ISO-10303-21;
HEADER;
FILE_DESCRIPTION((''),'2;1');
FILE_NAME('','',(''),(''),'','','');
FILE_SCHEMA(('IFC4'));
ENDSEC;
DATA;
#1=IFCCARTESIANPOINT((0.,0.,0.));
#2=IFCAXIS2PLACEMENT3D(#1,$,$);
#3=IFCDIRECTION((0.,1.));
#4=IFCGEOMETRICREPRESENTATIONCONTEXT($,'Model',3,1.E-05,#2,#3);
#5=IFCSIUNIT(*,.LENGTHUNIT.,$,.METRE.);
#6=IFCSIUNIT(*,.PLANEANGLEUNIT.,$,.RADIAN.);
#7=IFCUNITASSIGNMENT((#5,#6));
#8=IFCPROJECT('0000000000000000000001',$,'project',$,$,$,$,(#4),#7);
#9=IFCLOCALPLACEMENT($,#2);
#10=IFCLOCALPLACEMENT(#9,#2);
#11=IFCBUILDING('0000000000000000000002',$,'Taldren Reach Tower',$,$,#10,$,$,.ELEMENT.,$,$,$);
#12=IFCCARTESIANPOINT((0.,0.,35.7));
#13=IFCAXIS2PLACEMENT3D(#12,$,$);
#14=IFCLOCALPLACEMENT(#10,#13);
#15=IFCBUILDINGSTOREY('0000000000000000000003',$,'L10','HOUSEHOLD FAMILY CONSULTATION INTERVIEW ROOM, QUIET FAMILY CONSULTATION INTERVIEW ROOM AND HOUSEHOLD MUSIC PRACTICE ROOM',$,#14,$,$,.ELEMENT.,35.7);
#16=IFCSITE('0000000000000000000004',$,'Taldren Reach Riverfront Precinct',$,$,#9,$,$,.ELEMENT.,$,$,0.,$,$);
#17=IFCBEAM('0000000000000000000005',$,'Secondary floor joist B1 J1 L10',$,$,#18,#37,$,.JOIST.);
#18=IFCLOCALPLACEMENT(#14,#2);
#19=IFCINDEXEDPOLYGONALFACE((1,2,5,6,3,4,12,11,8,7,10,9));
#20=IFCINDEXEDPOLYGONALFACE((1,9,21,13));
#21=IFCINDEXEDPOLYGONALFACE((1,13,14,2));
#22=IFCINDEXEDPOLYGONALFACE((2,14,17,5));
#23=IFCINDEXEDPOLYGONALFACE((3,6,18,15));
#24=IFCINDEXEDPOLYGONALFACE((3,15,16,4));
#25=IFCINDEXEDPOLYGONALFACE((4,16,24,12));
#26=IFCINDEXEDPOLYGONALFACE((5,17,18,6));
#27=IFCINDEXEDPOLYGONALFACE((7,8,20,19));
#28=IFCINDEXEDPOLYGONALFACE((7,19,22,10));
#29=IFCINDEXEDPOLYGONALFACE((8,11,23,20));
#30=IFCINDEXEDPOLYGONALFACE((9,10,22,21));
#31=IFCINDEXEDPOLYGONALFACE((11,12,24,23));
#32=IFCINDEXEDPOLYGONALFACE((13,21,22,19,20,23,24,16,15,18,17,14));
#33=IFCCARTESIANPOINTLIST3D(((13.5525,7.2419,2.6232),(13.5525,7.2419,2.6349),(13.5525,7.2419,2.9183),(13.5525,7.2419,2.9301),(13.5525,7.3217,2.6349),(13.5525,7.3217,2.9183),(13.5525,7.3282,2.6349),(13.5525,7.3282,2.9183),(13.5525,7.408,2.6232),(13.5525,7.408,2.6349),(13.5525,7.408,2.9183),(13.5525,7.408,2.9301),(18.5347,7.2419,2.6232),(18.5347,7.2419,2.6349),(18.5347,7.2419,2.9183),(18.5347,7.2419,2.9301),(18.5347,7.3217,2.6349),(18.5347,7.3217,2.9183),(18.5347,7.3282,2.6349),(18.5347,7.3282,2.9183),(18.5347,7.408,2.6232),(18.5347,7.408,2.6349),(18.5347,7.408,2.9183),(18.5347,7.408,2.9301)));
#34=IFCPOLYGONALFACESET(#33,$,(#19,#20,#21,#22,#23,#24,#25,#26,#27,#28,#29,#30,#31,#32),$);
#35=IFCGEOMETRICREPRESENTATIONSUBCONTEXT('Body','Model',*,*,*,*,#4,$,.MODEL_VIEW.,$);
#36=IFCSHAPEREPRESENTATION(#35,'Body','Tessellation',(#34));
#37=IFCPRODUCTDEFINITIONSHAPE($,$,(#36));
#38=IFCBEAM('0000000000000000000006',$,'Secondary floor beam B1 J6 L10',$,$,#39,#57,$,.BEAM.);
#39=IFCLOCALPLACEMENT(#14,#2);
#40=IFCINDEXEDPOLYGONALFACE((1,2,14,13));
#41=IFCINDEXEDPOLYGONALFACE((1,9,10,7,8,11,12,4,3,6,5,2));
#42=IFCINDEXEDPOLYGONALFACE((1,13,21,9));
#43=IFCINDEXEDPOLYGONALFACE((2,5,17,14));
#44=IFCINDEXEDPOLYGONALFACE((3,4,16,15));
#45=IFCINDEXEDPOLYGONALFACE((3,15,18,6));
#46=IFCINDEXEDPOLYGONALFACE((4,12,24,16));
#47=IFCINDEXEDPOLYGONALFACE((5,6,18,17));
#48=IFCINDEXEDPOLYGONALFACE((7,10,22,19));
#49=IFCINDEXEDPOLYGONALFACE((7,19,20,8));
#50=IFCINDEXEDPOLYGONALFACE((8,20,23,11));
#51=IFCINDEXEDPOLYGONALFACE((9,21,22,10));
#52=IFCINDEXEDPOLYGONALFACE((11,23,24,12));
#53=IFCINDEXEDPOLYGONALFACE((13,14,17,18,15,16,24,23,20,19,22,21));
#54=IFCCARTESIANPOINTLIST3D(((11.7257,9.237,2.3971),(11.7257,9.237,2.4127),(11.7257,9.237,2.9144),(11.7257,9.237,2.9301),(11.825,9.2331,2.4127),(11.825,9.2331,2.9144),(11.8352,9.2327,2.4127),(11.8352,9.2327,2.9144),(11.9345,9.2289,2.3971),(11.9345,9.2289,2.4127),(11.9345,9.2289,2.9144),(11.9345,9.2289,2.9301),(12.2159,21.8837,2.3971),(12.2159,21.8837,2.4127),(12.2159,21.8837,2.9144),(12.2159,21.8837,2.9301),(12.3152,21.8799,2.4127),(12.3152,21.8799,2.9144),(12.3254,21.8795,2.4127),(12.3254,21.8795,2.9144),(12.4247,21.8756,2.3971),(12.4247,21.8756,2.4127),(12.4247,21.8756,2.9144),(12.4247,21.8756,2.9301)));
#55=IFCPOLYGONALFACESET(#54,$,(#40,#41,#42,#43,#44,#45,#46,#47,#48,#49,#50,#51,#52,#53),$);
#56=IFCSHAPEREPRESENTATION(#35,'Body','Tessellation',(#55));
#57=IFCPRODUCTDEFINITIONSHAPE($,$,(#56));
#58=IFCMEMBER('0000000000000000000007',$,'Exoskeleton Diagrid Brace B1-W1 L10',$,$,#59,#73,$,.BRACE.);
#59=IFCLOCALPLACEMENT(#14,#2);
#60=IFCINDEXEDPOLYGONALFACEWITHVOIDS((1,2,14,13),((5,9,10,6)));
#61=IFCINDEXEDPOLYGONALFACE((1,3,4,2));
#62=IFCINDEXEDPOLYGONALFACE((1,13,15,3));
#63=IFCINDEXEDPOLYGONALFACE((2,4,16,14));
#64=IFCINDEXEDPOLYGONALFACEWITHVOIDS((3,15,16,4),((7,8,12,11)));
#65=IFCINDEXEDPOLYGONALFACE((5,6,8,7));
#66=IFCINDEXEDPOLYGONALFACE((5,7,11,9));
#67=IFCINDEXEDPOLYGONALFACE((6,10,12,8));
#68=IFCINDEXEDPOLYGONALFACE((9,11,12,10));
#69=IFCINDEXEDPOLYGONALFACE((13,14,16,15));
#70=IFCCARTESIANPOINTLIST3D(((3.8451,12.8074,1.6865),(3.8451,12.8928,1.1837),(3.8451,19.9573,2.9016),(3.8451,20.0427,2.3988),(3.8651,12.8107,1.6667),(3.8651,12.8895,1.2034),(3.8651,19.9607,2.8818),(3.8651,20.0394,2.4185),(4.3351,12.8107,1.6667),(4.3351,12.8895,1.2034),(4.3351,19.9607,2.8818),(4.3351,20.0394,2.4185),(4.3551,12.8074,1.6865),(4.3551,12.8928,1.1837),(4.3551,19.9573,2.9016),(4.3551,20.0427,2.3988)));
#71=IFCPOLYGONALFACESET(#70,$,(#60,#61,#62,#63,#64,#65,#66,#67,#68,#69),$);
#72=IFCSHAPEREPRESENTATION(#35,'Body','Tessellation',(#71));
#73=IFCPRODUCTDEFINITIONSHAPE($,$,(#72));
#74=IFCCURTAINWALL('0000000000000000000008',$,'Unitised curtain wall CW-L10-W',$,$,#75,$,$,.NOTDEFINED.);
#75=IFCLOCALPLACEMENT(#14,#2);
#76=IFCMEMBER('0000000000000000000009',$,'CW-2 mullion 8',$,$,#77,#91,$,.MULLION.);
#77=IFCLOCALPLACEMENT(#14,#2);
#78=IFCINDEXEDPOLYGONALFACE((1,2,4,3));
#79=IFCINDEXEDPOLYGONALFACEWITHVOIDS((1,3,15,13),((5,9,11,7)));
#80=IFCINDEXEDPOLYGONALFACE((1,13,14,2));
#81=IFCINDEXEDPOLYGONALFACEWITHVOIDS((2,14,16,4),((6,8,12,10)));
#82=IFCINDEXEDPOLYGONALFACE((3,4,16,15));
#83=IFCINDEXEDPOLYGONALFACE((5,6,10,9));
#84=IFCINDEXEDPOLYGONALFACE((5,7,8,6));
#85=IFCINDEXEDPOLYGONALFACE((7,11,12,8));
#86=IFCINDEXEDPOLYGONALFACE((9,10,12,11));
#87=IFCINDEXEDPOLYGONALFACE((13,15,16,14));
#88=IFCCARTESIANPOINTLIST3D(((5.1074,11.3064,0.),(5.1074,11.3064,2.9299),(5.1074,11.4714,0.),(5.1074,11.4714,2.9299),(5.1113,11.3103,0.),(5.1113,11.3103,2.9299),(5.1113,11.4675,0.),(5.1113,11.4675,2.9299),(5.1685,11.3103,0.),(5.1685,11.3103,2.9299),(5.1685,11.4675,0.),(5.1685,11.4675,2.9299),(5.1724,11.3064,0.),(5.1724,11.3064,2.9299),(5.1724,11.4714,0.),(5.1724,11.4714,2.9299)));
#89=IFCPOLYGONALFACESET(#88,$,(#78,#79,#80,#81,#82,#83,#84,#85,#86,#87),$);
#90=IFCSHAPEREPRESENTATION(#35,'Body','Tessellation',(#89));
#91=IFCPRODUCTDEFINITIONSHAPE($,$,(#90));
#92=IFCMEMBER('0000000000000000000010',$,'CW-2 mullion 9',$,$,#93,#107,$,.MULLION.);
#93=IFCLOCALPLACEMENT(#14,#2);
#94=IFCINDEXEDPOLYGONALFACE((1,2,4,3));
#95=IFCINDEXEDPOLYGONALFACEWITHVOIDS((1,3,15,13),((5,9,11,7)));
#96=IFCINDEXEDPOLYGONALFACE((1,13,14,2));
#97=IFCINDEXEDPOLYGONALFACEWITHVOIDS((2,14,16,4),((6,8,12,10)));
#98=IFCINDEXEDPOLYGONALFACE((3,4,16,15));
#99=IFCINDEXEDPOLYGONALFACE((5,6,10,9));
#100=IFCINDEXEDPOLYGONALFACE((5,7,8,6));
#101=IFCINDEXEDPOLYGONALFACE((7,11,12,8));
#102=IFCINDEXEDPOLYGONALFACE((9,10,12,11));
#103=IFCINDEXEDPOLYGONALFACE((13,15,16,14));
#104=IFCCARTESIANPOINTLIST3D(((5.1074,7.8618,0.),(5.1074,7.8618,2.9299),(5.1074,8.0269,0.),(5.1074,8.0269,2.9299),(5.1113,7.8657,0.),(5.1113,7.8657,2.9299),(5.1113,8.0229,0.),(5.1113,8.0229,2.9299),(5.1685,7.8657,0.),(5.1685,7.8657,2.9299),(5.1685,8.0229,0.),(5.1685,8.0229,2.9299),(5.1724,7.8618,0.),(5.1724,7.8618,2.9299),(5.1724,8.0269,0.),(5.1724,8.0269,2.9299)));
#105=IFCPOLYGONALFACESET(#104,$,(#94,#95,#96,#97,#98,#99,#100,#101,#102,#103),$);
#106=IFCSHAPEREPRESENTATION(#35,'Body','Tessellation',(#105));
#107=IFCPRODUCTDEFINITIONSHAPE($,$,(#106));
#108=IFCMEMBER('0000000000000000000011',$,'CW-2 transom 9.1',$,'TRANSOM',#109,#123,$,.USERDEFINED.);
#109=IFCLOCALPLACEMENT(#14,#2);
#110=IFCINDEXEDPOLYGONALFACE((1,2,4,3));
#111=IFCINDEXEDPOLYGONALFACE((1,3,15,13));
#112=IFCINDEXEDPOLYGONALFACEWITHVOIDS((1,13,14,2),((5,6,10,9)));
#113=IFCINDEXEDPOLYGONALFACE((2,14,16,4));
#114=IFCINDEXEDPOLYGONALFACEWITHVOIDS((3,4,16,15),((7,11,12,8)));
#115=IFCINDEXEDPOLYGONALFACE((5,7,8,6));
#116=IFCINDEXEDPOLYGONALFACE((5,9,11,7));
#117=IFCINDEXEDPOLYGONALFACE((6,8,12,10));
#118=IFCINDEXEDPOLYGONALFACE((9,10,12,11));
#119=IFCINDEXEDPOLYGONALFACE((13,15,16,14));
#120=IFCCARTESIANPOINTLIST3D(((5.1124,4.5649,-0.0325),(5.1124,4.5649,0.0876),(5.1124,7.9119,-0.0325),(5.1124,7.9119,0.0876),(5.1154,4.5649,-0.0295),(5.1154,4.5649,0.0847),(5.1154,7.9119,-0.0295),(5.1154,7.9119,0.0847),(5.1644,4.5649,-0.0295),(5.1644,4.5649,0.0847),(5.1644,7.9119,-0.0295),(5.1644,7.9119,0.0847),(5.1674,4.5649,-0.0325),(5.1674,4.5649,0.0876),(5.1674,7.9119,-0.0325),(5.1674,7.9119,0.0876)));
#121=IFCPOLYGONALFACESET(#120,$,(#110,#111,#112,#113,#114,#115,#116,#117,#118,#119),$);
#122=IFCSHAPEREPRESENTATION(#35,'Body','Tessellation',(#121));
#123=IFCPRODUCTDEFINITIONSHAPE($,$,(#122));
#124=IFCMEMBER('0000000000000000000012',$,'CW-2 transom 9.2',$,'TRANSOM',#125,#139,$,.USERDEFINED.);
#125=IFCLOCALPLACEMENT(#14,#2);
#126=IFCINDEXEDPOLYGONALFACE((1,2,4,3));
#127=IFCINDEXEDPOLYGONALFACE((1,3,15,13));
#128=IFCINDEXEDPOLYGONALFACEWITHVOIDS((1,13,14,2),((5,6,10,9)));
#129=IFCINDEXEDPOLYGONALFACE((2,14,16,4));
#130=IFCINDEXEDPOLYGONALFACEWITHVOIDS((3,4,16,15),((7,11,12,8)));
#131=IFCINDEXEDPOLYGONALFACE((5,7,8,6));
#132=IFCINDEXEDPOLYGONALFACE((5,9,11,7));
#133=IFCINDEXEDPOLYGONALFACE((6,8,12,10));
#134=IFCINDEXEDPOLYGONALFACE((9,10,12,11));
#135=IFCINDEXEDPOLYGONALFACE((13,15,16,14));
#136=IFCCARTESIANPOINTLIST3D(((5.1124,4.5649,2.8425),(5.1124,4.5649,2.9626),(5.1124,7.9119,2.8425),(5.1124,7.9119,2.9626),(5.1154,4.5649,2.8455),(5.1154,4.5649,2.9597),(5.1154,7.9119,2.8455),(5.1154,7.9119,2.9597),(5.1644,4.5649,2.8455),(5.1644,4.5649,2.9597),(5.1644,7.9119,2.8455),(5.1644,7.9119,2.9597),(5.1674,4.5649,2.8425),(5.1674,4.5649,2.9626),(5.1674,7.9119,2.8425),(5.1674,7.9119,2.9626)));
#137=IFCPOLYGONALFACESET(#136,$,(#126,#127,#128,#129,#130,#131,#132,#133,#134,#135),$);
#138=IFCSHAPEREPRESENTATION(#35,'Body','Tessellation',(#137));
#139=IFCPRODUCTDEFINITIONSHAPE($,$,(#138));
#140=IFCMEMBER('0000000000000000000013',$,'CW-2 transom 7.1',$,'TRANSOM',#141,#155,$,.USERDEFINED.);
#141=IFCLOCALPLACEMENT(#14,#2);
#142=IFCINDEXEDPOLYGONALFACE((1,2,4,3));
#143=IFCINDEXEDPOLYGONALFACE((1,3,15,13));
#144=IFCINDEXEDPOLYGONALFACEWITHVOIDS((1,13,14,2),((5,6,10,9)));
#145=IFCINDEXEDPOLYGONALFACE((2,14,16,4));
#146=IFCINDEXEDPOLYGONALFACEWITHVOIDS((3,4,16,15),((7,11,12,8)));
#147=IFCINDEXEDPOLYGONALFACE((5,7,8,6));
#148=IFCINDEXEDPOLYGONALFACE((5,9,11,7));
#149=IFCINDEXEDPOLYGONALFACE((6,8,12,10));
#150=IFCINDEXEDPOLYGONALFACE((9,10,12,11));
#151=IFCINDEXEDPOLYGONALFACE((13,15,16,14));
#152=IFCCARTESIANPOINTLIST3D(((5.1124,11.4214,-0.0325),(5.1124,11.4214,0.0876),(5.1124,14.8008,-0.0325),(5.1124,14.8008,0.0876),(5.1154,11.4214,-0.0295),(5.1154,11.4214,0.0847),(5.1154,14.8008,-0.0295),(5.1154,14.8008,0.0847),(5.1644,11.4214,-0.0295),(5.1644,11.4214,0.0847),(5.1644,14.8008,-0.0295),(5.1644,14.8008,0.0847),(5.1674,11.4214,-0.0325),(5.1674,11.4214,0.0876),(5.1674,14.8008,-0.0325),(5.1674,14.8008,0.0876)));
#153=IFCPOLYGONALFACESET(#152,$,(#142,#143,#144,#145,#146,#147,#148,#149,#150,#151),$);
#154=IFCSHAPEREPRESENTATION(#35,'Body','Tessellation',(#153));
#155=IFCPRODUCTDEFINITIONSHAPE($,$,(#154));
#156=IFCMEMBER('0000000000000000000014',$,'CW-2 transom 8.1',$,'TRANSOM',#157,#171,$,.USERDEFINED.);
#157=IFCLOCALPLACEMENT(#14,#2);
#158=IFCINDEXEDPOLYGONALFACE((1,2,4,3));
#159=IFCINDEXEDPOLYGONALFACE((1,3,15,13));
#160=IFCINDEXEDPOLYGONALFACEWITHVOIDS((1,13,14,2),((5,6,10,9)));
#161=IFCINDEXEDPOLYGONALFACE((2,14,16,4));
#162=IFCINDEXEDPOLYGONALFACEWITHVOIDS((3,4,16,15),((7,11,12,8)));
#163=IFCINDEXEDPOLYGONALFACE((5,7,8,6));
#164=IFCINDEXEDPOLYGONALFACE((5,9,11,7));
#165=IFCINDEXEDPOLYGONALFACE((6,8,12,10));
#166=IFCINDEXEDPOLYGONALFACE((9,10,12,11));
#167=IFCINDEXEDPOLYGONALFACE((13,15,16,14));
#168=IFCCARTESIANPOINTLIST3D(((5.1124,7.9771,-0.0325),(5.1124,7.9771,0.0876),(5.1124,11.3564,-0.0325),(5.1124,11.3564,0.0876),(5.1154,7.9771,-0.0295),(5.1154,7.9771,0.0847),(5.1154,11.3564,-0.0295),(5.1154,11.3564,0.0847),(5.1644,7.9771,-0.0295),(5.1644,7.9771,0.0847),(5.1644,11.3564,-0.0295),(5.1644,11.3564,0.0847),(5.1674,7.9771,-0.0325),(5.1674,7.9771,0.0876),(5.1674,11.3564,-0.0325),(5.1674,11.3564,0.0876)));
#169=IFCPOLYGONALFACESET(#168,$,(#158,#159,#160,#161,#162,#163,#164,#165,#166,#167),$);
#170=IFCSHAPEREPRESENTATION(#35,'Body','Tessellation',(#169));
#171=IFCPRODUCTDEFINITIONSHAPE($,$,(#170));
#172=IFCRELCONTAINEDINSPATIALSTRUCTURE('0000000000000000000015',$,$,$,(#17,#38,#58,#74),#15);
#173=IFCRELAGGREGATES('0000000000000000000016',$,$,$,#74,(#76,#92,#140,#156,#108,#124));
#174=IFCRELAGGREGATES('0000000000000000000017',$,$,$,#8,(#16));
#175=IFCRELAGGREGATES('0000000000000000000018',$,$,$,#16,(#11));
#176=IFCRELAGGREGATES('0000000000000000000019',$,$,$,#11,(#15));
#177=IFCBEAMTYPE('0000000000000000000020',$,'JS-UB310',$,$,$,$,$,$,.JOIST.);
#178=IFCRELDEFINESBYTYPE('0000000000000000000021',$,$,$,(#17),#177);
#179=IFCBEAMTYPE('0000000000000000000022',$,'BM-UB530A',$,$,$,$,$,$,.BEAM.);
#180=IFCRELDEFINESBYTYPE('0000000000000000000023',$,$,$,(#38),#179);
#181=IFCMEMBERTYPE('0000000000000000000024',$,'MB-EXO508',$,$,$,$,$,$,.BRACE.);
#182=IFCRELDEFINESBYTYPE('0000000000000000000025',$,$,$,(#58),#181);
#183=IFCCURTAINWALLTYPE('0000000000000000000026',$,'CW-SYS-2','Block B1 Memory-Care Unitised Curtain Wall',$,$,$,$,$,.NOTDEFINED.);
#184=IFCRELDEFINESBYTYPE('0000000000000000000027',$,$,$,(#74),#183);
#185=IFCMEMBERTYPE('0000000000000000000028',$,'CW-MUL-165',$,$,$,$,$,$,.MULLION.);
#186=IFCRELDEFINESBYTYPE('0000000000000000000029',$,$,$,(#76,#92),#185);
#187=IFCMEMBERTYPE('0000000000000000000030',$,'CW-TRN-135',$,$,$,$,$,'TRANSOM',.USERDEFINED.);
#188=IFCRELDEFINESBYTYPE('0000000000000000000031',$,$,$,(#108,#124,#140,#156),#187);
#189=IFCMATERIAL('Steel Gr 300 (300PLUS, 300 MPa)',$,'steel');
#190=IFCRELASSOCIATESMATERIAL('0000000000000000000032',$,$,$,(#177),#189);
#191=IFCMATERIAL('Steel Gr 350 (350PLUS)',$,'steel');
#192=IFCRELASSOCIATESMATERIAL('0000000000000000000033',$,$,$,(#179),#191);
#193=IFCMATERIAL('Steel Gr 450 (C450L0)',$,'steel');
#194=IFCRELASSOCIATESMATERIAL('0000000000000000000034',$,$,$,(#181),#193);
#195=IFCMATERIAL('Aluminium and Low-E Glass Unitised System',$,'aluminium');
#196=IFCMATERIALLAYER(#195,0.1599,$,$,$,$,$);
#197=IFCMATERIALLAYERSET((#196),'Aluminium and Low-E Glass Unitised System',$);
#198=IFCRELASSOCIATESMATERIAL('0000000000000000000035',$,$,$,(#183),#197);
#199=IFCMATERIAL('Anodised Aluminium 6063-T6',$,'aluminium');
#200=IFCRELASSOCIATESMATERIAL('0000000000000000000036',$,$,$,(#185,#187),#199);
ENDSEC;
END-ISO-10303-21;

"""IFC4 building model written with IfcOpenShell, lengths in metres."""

from ifc_helpers import new_model, si_unit, direction, frame, origin, origin_2d, place, context, subcontext, project, spatial, hollow_rectangle, i_section, extrude, source, transform, mapped, material, layer, layer_set, material_profile, profile_set, type_object, element, aggregate, save


model = new_model("IFC4")

# Units and contexts
model_context = context("Model", 3, precision=1e-05, world=origin(), true_north=direction((0.0, 1.0)))
body_context = subcontext(model_context, "Body", "Model", "MODEL_VIEW")
ifc_project = project(units=[si_unit("LENGTHUNIT", "METRE"), si_unit("PLANEANGLEUNIT", "RADIAN")], contexts=[model_context])

# Site, building, storey
site_placement = place(None, origin())
site = spatial("IfcSite", under=ifc_project, at=site_placement, Name="Taldren Reach Riverfront Precinct", CompositionType="ELEMENT", RefElevation=0.0)
building_placement = place(site_placement, origin())
building = spatial("IfcBuilding", under=site, at=building_placement, Name="Taldren Reach Tower", CompositionType="ELEMENT")
storey_placement = place(building_placement, frame((0.0, 0.0, 35.7)))
storey = spatial("IfcBuildingStorey", under=building, at=storey_placement, Name="L10", Description="HOUSEHOLD FAMILY CONSULTATION INTERVIEW ROOM, QUIET FAMILY CONSULTATION INTERVIEW ROOM AND HOUSEHOLD MUSIC PRACTICE ROOM", CompositionType="ELEMENT", Elevation=35.7)

# Beams
ifc_material_1 = material(Name="Steel Gr 300 (300PLUS, 300 MPa)", Category="steel")
ifc_material_profile_1 = material_profile(ifc_material_1, i_section(OverallWidth=0.166, OverallDepth=0.3069, WebThickness=0.0066, FlangeThickness=0.0117, at=origin_2d()), Name="310UB46.2")
ifc_profile_set_1 = profile_set([ifc_material_profile_1], Name="Steel Gr 300 (300PLUS, 300 MPa)")
beam_type_1 = type_object("IfcBeamType", Name="JS-UB310", PredefinedType="JOIST", material=ifc_profile_set_1)
shared_shape_1 = source(origin(), body_context, "Body", "SweptSolid", [
    extrude(i_section(OverallWidth=0.166, OverallDepth=0.3069, WebThickness=0.0066, FlangeThickness=0.0117, at=origin_2d()), origin(), (0.0, 0.0, 1.0), 4.9822),
])
beam_1_placement = place(storey_placement, frame((13.5525, 7.325, 2.7766), z_axis=(1.0, 0.0, 0.0), x_axis=(0.0, 1.0, 0.0)))
element("IfcBeam", 1, at=beam_1_placement, inside=storey, type_object=beam_type_1, Name="Secondary floor joist B1 J1 L10", PredefinedType="JOIST", context=body_context, shape_type="MappedRepresentation", body=[
    mapped(shared_shape_1, transform((0.0, 0.0, 0.0), scale=1.0)),
])
ifc_material_2 = material(Name="Steel Gr 350 (350PLUS)", Category="steel")
ifc_material_profile_2 = material_profile(ifc_material_2, i_section(OverallWidth=0.209, OverallDepth=0.533, WebThickness=0.0103, FlangeThickness=0.0156, at=origin_2d()), Name="530UB92.4")
ifc_profile_set_2 = profile_set([ifc_material_profile_2], Name="Steel Gr 350 (350PLUS)")
beam_type_2 = type_object("IfcBeamType", Name="BM-UB530A", PredefinedType="BEAM", material=ifc_profile_set_2)
shared_shape_2 = source(origin(), body_context, "Body", "SweptSolid", [
    extrude(i_section(OverallWidth=0.209, OverallDepth=0.533, WebThickness=0.0103, FlangeThickness=0.0156, at=origin_2d()), origin(), (0.0, 0.0, 1.0), 12.6562),
])
beam_2_placement = place(storey_placement, frame((11.8301, 9.2329, 2.6636), z_axis=(0.038735, 0.99925, 0.0), x_axis=(-0.99925, 0.038735, 0.0)))
element("IfcBeam", 2, at=beam_2_placement, inside=storey, type_object=beam_type_2, Name="Secondary floor beam B1 J6 L10", PredefinedType="BEAM", context=body_context, shape_type="MappedRepresentation", body=[
    mapped(shared_shape_2, transform((0.0, 0.0, 0.0), scale=1.0)),
])

# Member
ifc_material_3 = material(Name="Steel Gr 450 (C450L0)", Category="steel")
ifc_material_profile_3 = material_profile(ifc_material_3, hollow_rectangle(XDim=0.51, YDim=0.51, WallThickness=0.02, at=origin_2d()), Name="510x510x20.0SHS")
ifc_profile_set_3 = profile_set([ifc_material_profile_3], Name="Steel Gr 450 (C450L0)")
member_type_1 = type_object("IfcMemberType", Name="MB-EXO508", PredefinedType="BRACE", material=ifc_profile_set_3)
shared_shape_3 = source(origin(), body_context, "Body", "SweptSolid", [
    extrude(hollow_rectangle(XDim=0.51, YDim=0.51, WallThickness=0.02, at=origin_2d()), origin(), (0.0, 0.0, 1.0), 7.2524),
])
member_1_placement = place(storey_placement, frame((4.1001, 12.8501, 1.4351), z_axis=(0.0, 0.985865, 0.167542), x_axis=(-1.0, 0.0, 0.0)))
element("IfcMember", 3, at=member_1_placement, inside=storey, type_object=member_type_1, Name="Exoskeleton Diagrid Brace B1-W1 L10", PredefinedType="BRACE", context=body_context, shape_type="MappedRepresentation", body=[
    mapped(shared_shape_3, transform((0.0, 0.0, 0.0), scale=1.0)),
])

# Curtain wall, members
ifc_material_4 = material(Name="Aluminium and Low-E Glass Unitised System", Category="aluminium")
ifc_layer_1 = layer(ifc_material_4, 0.1599)
ifc_layer_set_1 = layer_set([ifc_layer_1], Name="Aluminium and Low-E Glass Unitised System")
curtain_wall_type = type_object("IfcCurtainWallType", Name="CW-SYS-2", Description="Block B1 Memory-Care Unitised Curtain Wall", PredefinedType="NOTDEFINED", material=ifc_layer_set_1)
curtain_wall_placement = place(storey_placement, origin())
curtain_wall = element("IfcCurtainWall", 4, at=curtain_wall_placement, inside=storey, type_object=curtain_wall_type, Name="Unitised curtain wall CW-L10-W", PredefinedType="NOTDEFINED")
ifc_material_5 = material(Name="Anodised Aluminium 6063-T6", Category="aluminium")
ifc_material_profile_4 = material_profile(ifc_material_5, hollow_rectangle(XDim=0.0649, YDim=0.165, WallThickness=0.0039, at=origin_2d()), Name="ALU-165x65x4RHS")
ifc_profile_set_4 = profile_set([ifc_material_profile_4], Name="Anodised Aluminium 6063-T6")
member_type_2 = type_object("IfcMemberType", Name="CW-MUL-165", PredefinedType="MULLION", material=ifc_profile_set_4)
shared_shape_4 = source(origin(), body_context, "Body", "SweptSolid", [
    extrude(hollow_rectangle(XDim=0.0649, YDim=0.165, WallThickness=0.0039, at=origin_2d()), origin(), (0.0, 0.0, 1.0), 2.9299),
])
member_2_placement = place(storey_placement, frame((5.1399, 11.3889, 0.0), z_axis=(0.0, 0.0, 1.0), x_axis=(1.0, 0.0, 0.0)))
member_2 = element("IfcMember", 5, at=member_2_placement, type_object=member_type_2, Name="CW-2 mullion 8", PredefinedType="MULLION", context=body_context, shape_type="MappedRepresentation", body=[
    mapped(shared_shape_4, transform((0.0, 0.0, 0.0), scale=1.0)),
])
member_3_placement = place(storey_placement, frame((5.1399, 7.9443, 0.0), z_axis=(0.0, 0.0, 1.0), x_axis=(1.0, 0.0, 0.0)))
member_3 = element("IfcMember", 6, at=member_3_placement, type_object=member_type_2, Name="CW-2 mullion 9", PredefinedType="MULLION", context=body_context, shape_type="MappedRepresentation", body=[
    mapped(shared_shape_4, transform((0.0, 0.0, 0.0), scale=1.0)),
])
ifc_material_profile_5 = material_profile(ifc_material_5, hollow_rectangle(XDim=0.0549, YDim=0.1201, WallThickness=0.0029, at=origin_2d()), Name="ALU-120x55x3RHS")
ifc_profile_set_5 = profile_set([ifc_material_profile_5], Name="Anodised Aluminium 6063-T6")
member_type_3 = type_object("IfcMemberType", Name="CW-TRN-135", ElementType="TRANSOM", PredefinedType="USERDEFINED", material=ifc_profile_set_5)
shared_shape_5 = source(origin(), body_context, "Body", "SweptSolid", [
    extrude(hollow_rectangle(XDim=0.0549, YDim=0.1201, WallThickness=0.0029, at=origin_2d()), origin(), (0.0, 0.0, 1.0), 3.3469),
])
member_4_placement = place(storey_placement, frame((5.1399, 7.9119, 0.0276), z_axis=(0.0, -1.0, 0.0), x_axis=(1.0, 0.0, 0.0)))
member_4 = element("IfcMember", 7, at=member_4_placement, type_object=member_type_3, Name="CW-2 transom 9.1", ObjectType="TRANSOM", PredefinedType="USERDEFINED", context=body_context, shape_type="MappedRepresentation", body=[
    mapped(shared_shape_5, transform((0.0, 0.0, 0.0), scale=1.0)),
])
member_5_placement = place(storey_placement, frame((5.1399, 7.9119, 2.9026), z_axis=(0.0, -1.0, 0.0), x_axis=(1.0, 0.0, 0.0)))
member_5 = element("IfcMember", 8, at=member_5_placement, type_object=member_type_3, Name="CW-2 transom 9.2", ObjectType="TRANSOM", PredefinedType="USERDEFINED", context=body_context, shape_type="MappedRepresentation", body=[
    mapped(shared_shape_5, transform((0.0, 0.0, 0.0), scale=1.0)),
])
shared_shape_6 = source(origin(), body_context, "Body", "SweptSolid", [
    extrude(hollow_rectangle(XDim=0.0549, YDim=0.1201, WallThickness=0.0029, at=origin_2d()), origin(), (0.0, 0.0, 1.0), 3.3794),
])
member_6_placement = place(storey_placement, frame((5.1399, 14.8008, 0.0276), z_axis=(0.0, -1.0, 0.0), x_axis=(1.0, 0.0, 0.0)))
member_6 = element("IfcMember", 9, at=member_6_placement, type_object=member_type_3, Name="CW-2 transom 7.1", ObjectType="TRANSOM", PredefinedType="USERDEFINED", context=body_context, shape_type="MappedRepresentation", body=[
    mapped(shared_shape_6, transform((0.0, 0.0, 0.0), scale=1.0)),
])
member_7_placement = place(storey_placement, frame((5.1399, 11.3564, 0.0276), z_axis=(0.0, -1.0, 0.0), x_axis=(1.0, 0.0, 0.0)))
member_7 = element("IfcMember", 10, at=member_7_placement, type_object=member_type_3, Name="CW-2 transom 8.1", ObjectType="TRANSOM", PredefinedType="USERDEFINED", context=body_context, shape_type="MappedRepresentation", body=[
    mapped(shared_shape_6, transform((0.0, 0.0, 0.0), scale=1.0)),
])
aggregate(curtain_wall, [member_2, member_3, member_6, member_7, member_4, member_5])

save(model, "model.ifc")
